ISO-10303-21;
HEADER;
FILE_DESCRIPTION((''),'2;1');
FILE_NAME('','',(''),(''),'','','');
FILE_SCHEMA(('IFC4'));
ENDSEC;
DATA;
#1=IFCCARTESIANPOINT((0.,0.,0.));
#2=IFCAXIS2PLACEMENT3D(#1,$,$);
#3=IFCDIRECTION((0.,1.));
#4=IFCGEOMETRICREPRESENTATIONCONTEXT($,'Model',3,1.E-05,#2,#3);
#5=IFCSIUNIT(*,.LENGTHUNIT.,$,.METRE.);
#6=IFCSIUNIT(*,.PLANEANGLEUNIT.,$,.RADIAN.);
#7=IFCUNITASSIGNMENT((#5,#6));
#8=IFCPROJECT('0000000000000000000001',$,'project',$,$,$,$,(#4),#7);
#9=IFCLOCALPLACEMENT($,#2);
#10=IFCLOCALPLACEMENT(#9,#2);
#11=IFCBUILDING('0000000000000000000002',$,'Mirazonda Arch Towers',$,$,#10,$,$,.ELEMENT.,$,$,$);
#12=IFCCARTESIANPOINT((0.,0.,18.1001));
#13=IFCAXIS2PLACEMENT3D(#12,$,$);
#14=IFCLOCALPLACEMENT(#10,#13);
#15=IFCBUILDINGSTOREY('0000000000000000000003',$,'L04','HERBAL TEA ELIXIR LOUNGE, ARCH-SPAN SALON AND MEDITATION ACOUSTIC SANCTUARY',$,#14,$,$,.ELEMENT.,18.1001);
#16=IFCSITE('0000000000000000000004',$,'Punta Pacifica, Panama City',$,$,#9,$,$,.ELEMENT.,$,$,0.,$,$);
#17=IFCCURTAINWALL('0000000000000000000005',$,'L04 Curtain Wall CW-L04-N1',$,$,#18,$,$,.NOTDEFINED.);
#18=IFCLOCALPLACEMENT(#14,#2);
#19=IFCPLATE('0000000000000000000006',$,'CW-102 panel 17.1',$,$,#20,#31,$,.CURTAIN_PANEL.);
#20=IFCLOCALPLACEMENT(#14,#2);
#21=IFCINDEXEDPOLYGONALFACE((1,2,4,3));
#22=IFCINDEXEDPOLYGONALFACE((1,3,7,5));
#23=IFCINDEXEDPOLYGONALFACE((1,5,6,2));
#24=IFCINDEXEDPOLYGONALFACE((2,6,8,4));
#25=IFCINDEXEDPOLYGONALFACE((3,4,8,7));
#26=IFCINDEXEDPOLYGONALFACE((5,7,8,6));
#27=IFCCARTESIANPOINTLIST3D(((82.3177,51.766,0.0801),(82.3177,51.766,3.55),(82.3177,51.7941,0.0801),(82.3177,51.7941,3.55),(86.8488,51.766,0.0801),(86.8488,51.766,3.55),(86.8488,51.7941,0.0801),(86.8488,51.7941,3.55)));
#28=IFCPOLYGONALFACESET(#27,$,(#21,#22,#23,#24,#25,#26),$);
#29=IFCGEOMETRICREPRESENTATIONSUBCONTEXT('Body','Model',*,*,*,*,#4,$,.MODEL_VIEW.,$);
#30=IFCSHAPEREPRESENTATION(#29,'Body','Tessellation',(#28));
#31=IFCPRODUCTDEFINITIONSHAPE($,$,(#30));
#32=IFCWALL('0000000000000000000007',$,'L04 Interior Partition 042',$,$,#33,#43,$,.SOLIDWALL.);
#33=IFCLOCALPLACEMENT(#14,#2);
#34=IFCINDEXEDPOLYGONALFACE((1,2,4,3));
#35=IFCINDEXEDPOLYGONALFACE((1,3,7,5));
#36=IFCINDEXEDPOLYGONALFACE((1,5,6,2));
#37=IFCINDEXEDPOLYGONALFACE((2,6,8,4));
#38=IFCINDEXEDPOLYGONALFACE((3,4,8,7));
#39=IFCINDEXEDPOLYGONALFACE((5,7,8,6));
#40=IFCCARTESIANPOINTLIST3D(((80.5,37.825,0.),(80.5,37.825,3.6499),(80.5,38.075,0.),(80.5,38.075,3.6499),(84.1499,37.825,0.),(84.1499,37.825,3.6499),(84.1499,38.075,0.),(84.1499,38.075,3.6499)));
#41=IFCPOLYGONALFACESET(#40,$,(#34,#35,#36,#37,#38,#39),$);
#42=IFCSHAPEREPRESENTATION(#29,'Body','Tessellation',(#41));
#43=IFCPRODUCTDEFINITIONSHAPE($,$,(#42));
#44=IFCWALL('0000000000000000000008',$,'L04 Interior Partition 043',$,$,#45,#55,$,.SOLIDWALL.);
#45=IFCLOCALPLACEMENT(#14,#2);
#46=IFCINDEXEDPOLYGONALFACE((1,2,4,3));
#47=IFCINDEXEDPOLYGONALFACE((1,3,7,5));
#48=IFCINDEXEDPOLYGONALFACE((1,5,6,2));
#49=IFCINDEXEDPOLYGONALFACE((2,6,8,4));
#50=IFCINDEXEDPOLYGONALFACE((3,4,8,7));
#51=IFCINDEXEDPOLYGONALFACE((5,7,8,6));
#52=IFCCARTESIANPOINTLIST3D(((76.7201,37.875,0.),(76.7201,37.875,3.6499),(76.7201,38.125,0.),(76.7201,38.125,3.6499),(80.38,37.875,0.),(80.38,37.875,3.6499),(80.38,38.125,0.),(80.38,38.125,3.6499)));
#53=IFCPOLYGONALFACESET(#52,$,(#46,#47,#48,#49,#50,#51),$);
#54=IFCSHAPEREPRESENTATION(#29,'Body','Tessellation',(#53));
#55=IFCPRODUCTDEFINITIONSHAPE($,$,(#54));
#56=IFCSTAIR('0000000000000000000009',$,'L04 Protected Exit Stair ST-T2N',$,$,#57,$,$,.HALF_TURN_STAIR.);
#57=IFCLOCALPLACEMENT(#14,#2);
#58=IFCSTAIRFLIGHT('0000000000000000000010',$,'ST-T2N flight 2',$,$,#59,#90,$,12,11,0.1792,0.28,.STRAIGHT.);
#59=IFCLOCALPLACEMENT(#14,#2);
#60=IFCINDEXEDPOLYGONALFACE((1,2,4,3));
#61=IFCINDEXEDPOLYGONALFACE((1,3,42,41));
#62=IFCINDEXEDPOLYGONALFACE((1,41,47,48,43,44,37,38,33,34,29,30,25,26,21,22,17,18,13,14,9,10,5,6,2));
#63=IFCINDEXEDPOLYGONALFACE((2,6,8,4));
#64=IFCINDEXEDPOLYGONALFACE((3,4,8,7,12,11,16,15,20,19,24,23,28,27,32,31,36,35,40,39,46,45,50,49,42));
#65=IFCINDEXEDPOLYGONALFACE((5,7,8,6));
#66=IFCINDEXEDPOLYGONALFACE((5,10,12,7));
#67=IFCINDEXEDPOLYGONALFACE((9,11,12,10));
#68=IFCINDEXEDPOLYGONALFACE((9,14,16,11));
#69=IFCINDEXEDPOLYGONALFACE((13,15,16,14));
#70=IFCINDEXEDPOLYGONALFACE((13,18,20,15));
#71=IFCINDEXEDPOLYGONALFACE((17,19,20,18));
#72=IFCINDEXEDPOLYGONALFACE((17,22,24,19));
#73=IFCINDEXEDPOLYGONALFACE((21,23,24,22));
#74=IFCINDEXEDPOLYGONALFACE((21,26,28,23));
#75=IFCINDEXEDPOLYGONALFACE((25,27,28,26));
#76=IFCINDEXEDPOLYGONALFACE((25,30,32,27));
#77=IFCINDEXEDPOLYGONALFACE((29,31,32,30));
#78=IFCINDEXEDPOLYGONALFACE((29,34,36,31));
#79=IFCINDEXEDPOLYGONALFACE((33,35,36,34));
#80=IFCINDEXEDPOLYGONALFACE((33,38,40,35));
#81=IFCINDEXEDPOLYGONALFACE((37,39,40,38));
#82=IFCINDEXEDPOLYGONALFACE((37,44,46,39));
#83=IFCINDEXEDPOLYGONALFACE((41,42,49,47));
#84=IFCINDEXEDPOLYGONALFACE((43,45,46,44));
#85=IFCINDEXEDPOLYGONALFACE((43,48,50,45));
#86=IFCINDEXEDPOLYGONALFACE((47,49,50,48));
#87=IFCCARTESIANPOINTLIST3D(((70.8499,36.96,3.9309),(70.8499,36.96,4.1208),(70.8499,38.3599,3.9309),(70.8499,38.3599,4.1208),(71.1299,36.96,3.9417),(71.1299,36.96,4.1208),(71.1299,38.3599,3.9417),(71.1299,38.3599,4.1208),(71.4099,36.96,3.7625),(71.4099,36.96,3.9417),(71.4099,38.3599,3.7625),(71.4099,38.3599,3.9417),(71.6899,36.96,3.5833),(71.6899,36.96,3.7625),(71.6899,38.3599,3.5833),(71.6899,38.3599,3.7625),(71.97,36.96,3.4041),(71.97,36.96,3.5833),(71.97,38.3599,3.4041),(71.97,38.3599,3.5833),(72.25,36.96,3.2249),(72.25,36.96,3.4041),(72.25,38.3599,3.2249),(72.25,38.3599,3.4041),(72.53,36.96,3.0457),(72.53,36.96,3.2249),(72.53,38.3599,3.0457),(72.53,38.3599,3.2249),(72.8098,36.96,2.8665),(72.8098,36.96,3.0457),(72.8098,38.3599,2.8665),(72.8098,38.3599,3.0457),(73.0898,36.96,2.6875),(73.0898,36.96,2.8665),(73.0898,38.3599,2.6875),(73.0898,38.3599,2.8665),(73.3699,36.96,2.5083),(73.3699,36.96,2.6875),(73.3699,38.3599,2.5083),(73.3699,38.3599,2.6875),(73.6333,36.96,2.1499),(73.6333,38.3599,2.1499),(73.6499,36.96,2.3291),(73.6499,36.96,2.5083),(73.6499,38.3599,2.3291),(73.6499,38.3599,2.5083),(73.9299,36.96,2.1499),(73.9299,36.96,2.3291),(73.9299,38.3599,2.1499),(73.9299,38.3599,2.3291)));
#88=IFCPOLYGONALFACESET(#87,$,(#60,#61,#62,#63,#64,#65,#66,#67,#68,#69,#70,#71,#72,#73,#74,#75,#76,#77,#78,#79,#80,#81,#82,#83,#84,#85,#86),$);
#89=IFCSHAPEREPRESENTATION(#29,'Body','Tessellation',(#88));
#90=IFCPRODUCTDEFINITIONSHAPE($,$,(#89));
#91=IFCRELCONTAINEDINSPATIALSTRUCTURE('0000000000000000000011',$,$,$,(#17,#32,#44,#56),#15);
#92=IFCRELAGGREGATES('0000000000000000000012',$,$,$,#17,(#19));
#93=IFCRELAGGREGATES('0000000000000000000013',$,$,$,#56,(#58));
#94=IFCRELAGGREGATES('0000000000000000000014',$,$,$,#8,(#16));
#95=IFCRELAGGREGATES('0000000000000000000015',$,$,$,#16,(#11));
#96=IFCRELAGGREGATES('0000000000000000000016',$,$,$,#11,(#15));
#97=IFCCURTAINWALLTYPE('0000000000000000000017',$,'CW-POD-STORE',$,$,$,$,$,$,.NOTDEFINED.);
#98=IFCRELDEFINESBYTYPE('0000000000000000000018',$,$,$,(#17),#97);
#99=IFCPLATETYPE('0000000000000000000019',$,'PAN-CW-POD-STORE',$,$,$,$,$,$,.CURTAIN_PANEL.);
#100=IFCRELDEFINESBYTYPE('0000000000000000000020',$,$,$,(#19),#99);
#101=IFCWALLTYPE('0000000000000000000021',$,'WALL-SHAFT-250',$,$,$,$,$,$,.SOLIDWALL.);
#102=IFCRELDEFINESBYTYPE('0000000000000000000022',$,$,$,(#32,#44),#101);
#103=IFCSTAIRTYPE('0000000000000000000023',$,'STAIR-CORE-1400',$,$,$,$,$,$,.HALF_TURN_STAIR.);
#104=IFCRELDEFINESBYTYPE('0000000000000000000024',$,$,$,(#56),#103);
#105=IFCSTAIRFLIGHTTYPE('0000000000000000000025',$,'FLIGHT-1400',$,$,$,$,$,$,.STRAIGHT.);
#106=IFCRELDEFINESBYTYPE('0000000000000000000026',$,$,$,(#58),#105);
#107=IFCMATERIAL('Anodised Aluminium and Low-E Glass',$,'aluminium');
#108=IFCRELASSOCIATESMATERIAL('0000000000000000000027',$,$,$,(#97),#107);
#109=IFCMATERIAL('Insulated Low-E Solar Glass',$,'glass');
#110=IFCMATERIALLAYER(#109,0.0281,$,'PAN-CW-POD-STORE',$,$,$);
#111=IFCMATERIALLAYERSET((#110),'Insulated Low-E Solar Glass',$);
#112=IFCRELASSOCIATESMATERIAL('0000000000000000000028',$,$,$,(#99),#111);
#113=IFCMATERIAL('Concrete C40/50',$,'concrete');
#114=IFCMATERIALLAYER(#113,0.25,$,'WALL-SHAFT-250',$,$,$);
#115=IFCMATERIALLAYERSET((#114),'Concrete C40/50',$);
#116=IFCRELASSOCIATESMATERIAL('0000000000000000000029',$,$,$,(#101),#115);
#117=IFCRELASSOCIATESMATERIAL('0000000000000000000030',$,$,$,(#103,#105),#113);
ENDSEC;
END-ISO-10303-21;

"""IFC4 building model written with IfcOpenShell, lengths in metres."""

from ifc_helpers import new_model, si_unit, direction, frame, frame_2d, origin, origin_2d, place, context, subcontext, project, spatial, polyline, rectangle, outline, extrude, material, layer, layer_set, type_object, element, aggregate, save


model = new_model("IFC4")

# Units and contexts
model_context = context("Model", 3, precision=1e-05, world=origin(), true_north=direction((0.0, 1.0)))
body_context = subcontext(model_context, "Body", "Model", "MODEL_VIEW")
ifc_project = project(units=[si_unit("LENGTHUNIT", "METRE"), si_unit("PLANEANGLEUNIT", "RADIAN")], contexts=[model_context])

# Site, building, storey
site_placement = place(None, origin())
site = spatial("IfcSite", under=ifc_project, at=site_placement, Name="Punta Pacifica, Panama City", CompositionType="ELEMENT", RefElevation=0.0)
building_placement = place(site_placement, origin())
building = spatial("IfcBuilding", under=site, at=building_placement, Name="Mirazonda Arch Towers", CompositionType="ELEMENT")
storey_placement = place(building_placement, frame((0.0, 0.0, 18.1001)))
storey = spatial("IfcBuildingStorey", under=building, at=storey_placement, Name="L04", Description="HERBAL TEA ELIXIR LOUNGE, ARCH-SPAN SALON AND MEDITATION ACOUSTIC SANCTUARY", CompositionType="ELEMENT", Elevation=18.1001)

# Curtain wall, plate
ifc_material_1 = material(Name="Anodised Aluminium and Low-E Glass", Category="aluminium")
curtain_wall_type = type_object("IfcCurtainWallType", Name="CW-POD-STORE", PredefinedType="NOTDEFINED", material=ifc_material_1)
curtain_wall_placement = place(storey_placement, origin())
curtain_wall = element("IfcCurtainWall", 1, at=curtain_wall_placement, inside=storey, type_object=curtain_wall_type, Name="L04 Curtain Wall CW-L04-N1", PredefinedType="NOTDEFINED")
ifc_material_2 = material(Name="Insulated Low-E Solar Glass", Category="glass")
ifc_layer_1 = layer(ifc_material_2, 0.0281, Name="PAN-CW-POD-STORE")
ifc_layer_set_1 = layer_set([ifc_layer_1], Name="Insulated Low-E Solar Glass")
plate_type = type_object("IfcPlateType", Name="PAN-CW-POD-STORE", PredefinedType="CURTAIN_PANEL", material=ifc_layer_set_1)
plate_1_placement = place(storey_placement, frame((84.5833, 51.78, 0.0801), z_axis=(0.0, 0.0, 1.0), x_axis=(1.0, 0.0, 0.0)))
plate_1 = element("IfcPlate", 2, at=plate_1_placement, type_object=plate_type, Name="CW-102 panel 17.1", PredefinedType="CURTAIN_PANEL", context=body_context, shape_type="SweptSolid", body=[
    extrude(rectangle(XDim=4.531, YDim=0.0281, at=origin_2d()), origin(), (0.0, 0.0, 1.0), 3.47),
])
aggregate(curtain_wall, [plate_1])

# Walls
ifc_material_3 = material(Name="Concrete C40/50", Category="concrete")
ifc_layer_2 = layer(ifc_material_3, 0.25, Name="WALL-SHAFT-250")
ifc_layer_set_2 = layer_set([ifc_layer_2], Name="Concrete C40/50")
wall_type = type_object("IfcWallType", Name="WALL-SHAFT-250", PredefinedType="SOLIDWALL", material=ifc_layer_set_2)
wall_1_placement = place(storey_placement, frame((80.5, 37.95, 0.0), z_axis=(0.0, 0.0, 1.0), x_axis=(1.0, 0.0, 0.0)))
element("IfcWall", 3, at=wall_1_placement, inside=storey, type_object=wall_type, Name="L04 Interior Partition 042", PredefinedType="SOLIDWALL", context=body_context, shape_type="SweptSolid", body=[
    extrude(rectangle(XDim=3.6499, YDim=0.25, at=frame_2d((1.825, 0.0))), origin(), (0.0, 0.0, 1.0), 3.6499),
])
wall_2_placement = place(storey_placement, frame((76.72, 38.0, 0.0), z_axis=(0.0, 0.0, 1.0), x_axis=(1.0, 0.0, 0.0)))
element("IfcWall", 4, at=wall_2_placement, inside=storey, type_object=wall_type, Name="L04 Interior Partition 043", PredefinedType="SOLIDWALL", context=body_context, shape_type="SweptSolid", body=[
    extrude(rectangle(XDim=3.6599, YDim=0.25, at=frame_2d((1.8301, 0.0))), origin(), (0.0, 0.0, 1.0), 3.6499),
])

# Stair, stair flight
stair_type = type_object("IfcStairType", Name="STAIR-CORE-1400", PredefinedType="HALF_TURN_STAIR", material=ifc_material_3)
stair_placement = place(storey_placement, origin())
stair = element("IfcStair", 5, at=stair_placement, inside=storey, type_object=stair_type, Name="L04 Protected Exit Stair ST-T2N", PredefinedType="HALF_TURN_STAIR")
stair_flight_type = type_object("IfcStairFlightType", Name="FLIGHT-1400", PredefinedType="STRAIGHT", material=ifc_material_3)
stair_flight_placement = place(storey_placement, frame((73.9299, 37.6599, 2.1499), z_axis=(0.0, 0.0, 1.0), x_axis=(-1.0, 0.0, 0.0)))
stair_flight = element("IfcStairFlight", 6, at=stair_flight_placement, type_object=stair_flight_type, Name="ST-T2N flight 2", NumberOfRisers=12, NumberOfTreads=11, PredefinedType="STRAIGHT", RiserHeight=0.1792, TreadLength=0.28, context=body_context, shape_type="SweptSolid", body=[
    extrude(outline(polyline([(0.0, 0.0), (0.0, 0.1792), (0.28, 0.1792), (0.28, 0.3584), (0.5601, 0.3584), (0.5601, 0.5376), (0.8401, 0.5376), (0.8401, 0.7166), (1.1201, 0.7166), (1.1201, 0.8958), (1.3999, 0.8958), (1.3999, 1.075), (1.6799, 1.075), (1.6799, 1.2542), (1.96, 1.2542), (1.96, 1.4333), (2.24, 1.4333), (2.24, 1.6125), (2.52, 1.6125), (2.52, 1.7917), (2.8, 1.7917), (2.8, 1.9709), (3.0801, 1.9709), (3.0801, 2.1499), (3.0801, 1.781), (0.2966, 0.0), (0.0, 0.0)])), frame((0.0, 0.7, 0.0), z_axis=(0.0, -1.0, 0.0), x_axis=(1.0, 0.0, 0.0)), (0.0, 0.0, 1.0), 1.3999),
])
aggregate(stair, [stair_flight])

save(model, "model.ifc")
